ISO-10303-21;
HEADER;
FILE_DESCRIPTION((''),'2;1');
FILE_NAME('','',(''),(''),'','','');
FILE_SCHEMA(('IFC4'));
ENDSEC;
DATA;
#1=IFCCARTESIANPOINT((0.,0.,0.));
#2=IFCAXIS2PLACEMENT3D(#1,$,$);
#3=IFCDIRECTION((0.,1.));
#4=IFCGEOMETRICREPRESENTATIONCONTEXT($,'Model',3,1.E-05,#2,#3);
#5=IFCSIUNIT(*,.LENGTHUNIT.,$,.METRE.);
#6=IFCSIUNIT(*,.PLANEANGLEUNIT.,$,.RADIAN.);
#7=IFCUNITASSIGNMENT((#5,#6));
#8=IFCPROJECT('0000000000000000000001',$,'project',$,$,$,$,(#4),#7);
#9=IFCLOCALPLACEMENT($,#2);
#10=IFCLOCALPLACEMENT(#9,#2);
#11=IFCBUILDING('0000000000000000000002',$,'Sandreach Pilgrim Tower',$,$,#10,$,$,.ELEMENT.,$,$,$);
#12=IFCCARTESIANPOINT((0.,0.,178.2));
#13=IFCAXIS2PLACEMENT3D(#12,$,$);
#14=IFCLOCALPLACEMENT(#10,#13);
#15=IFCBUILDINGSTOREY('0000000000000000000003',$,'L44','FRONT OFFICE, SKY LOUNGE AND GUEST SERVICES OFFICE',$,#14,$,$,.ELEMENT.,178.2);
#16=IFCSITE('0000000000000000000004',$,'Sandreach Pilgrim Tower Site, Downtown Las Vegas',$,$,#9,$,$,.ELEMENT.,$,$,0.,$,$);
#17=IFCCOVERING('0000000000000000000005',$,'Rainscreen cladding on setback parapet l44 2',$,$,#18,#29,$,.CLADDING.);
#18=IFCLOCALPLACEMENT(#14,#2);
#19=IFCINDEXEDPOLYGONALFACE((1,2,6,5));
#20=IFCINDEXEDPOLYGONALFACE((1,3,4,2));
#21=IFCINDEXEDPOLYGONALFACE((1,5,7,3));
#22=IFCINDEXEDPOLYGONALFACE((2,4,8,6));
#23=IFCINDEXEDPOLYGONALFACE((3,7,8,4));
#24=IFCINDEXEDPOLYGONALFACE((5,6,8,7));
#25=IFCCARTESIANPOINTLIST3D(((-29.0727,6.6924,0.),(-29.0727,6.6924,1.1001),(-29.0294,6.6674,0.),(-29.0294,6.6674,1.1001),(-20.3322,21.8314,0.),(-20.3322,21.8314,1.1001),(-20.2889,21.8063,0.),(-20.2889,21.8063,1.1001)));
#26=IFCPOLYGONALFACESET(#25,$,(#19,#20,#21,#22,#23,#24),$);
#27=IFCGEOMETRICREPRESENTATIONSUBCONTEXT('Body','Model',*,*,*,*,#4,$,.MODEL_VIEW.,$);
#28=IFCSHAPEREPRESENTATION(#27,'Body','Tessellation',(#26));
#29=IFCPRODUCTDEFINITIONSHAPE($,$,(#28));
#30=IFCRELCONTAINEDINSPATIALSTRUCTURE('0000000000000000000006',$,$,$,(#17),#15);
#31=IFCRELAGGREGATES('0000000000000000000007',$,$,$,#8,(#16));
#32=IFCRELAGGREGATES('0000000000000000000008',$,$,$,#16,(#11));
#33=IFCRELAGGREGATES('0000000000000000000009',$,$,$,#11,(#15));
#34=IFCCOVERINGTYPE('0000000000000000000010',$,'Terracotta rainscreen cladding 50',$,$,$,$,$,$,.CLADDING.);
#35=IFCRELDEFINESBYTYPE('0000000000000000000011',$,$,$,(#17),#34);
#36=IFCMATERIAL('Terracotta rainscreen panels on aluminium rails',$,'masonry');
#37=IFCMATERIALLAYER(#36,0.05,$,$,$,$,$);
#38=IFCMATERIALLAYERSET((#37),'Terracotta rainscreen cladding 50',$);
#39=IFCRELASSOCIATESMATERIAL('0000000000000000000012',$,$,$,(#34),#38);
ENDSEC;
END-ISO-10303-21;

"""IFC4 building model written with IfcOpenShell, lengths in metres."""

from ifc_helpers import new_model, si_unit, direction, frame, frame_2d, origin, place, context, subcontext, project, spatial, rectangle, extrude, material, layer, layer_set, type_object, element, save


model = new_model("IFC4")

# Units and contexts
model_context = context("Model", 3, precision=1e-05, world=origin(), true_north=direction((0.0, 1.0)))
body_context = subcontext(model_context, "Body", "Model", "MODEL_VIEW")
ifc_project = project(units=[si_unit("LENGTHUNIT", "METRE"), si_unit("PLANEANGLEUNIT", "RADIAN")], contexts=[model_context])

# Site, building, storey
site_placement = place(None, origin())
site = spatial("IfcSite", under=ifc_project, at=site_placement, Name="Sandreach Pilgrim Tower Site, Downtown Las Vegas", CompositionType="ELEMENT", RefElevation=0.0)
building_placement = place(site_placement, origin())
building = spatial("IfcBuilding", under=site, at=building_placement, Name="Sandreach Pilgrim Tower", CompositionType="ELEMENT")
storey_placement = place(building_placement, frame((0.0, 0.0, 178.2)))
storey = spatial("IfcBuildingStorey", under=building, at=storey_placement, Name="L44", Description="FRONT OFFICE, SKY LOUNGE AND GUEST SERVICES OFFICE", CompositionType="ELEMENT", Elevation=178.2)

# Covering
ifc_material_1 = material(Name="Terracotta rainscreen panels on aluminium rails", Category="masonry")
ifc_layer_1 = layer(ifc_material_1, 0.05)
ifc_layer_set_1 = layer_set([ifc_layer_1], Name="Terracotta rainscreen cladding 50")
covering_type = type_object("IfcCoveringType", Name="Terracotta rainscreen cladding 50", PredefinedType="CLADDING", material=ifc_layer_set_1)
covering_1_placement = place(storey_placement, frame((-20.3105, 21.8188, 0.0), z_axis=(0.0, 0.0, 1.0), x_axis=(-0.500001, -0.866025, 0.0)))
element("IfcCovering", 1, at=covering_1_placement, inside=storey, type_object=covering_type, Name="Rainscreen cladding on setback parapet l44 2", PredefinedType="CLADDING", context=body_context, shape_type="SweptSolid", body=[
    extrude(rectangle(XDim=17.481, YDim=0.05, at=frame_2d((8.7405, 0.0))), origin(), (0.0, 0.0, 1.0), 1.1001),
])

save(model, "model.ifc")
